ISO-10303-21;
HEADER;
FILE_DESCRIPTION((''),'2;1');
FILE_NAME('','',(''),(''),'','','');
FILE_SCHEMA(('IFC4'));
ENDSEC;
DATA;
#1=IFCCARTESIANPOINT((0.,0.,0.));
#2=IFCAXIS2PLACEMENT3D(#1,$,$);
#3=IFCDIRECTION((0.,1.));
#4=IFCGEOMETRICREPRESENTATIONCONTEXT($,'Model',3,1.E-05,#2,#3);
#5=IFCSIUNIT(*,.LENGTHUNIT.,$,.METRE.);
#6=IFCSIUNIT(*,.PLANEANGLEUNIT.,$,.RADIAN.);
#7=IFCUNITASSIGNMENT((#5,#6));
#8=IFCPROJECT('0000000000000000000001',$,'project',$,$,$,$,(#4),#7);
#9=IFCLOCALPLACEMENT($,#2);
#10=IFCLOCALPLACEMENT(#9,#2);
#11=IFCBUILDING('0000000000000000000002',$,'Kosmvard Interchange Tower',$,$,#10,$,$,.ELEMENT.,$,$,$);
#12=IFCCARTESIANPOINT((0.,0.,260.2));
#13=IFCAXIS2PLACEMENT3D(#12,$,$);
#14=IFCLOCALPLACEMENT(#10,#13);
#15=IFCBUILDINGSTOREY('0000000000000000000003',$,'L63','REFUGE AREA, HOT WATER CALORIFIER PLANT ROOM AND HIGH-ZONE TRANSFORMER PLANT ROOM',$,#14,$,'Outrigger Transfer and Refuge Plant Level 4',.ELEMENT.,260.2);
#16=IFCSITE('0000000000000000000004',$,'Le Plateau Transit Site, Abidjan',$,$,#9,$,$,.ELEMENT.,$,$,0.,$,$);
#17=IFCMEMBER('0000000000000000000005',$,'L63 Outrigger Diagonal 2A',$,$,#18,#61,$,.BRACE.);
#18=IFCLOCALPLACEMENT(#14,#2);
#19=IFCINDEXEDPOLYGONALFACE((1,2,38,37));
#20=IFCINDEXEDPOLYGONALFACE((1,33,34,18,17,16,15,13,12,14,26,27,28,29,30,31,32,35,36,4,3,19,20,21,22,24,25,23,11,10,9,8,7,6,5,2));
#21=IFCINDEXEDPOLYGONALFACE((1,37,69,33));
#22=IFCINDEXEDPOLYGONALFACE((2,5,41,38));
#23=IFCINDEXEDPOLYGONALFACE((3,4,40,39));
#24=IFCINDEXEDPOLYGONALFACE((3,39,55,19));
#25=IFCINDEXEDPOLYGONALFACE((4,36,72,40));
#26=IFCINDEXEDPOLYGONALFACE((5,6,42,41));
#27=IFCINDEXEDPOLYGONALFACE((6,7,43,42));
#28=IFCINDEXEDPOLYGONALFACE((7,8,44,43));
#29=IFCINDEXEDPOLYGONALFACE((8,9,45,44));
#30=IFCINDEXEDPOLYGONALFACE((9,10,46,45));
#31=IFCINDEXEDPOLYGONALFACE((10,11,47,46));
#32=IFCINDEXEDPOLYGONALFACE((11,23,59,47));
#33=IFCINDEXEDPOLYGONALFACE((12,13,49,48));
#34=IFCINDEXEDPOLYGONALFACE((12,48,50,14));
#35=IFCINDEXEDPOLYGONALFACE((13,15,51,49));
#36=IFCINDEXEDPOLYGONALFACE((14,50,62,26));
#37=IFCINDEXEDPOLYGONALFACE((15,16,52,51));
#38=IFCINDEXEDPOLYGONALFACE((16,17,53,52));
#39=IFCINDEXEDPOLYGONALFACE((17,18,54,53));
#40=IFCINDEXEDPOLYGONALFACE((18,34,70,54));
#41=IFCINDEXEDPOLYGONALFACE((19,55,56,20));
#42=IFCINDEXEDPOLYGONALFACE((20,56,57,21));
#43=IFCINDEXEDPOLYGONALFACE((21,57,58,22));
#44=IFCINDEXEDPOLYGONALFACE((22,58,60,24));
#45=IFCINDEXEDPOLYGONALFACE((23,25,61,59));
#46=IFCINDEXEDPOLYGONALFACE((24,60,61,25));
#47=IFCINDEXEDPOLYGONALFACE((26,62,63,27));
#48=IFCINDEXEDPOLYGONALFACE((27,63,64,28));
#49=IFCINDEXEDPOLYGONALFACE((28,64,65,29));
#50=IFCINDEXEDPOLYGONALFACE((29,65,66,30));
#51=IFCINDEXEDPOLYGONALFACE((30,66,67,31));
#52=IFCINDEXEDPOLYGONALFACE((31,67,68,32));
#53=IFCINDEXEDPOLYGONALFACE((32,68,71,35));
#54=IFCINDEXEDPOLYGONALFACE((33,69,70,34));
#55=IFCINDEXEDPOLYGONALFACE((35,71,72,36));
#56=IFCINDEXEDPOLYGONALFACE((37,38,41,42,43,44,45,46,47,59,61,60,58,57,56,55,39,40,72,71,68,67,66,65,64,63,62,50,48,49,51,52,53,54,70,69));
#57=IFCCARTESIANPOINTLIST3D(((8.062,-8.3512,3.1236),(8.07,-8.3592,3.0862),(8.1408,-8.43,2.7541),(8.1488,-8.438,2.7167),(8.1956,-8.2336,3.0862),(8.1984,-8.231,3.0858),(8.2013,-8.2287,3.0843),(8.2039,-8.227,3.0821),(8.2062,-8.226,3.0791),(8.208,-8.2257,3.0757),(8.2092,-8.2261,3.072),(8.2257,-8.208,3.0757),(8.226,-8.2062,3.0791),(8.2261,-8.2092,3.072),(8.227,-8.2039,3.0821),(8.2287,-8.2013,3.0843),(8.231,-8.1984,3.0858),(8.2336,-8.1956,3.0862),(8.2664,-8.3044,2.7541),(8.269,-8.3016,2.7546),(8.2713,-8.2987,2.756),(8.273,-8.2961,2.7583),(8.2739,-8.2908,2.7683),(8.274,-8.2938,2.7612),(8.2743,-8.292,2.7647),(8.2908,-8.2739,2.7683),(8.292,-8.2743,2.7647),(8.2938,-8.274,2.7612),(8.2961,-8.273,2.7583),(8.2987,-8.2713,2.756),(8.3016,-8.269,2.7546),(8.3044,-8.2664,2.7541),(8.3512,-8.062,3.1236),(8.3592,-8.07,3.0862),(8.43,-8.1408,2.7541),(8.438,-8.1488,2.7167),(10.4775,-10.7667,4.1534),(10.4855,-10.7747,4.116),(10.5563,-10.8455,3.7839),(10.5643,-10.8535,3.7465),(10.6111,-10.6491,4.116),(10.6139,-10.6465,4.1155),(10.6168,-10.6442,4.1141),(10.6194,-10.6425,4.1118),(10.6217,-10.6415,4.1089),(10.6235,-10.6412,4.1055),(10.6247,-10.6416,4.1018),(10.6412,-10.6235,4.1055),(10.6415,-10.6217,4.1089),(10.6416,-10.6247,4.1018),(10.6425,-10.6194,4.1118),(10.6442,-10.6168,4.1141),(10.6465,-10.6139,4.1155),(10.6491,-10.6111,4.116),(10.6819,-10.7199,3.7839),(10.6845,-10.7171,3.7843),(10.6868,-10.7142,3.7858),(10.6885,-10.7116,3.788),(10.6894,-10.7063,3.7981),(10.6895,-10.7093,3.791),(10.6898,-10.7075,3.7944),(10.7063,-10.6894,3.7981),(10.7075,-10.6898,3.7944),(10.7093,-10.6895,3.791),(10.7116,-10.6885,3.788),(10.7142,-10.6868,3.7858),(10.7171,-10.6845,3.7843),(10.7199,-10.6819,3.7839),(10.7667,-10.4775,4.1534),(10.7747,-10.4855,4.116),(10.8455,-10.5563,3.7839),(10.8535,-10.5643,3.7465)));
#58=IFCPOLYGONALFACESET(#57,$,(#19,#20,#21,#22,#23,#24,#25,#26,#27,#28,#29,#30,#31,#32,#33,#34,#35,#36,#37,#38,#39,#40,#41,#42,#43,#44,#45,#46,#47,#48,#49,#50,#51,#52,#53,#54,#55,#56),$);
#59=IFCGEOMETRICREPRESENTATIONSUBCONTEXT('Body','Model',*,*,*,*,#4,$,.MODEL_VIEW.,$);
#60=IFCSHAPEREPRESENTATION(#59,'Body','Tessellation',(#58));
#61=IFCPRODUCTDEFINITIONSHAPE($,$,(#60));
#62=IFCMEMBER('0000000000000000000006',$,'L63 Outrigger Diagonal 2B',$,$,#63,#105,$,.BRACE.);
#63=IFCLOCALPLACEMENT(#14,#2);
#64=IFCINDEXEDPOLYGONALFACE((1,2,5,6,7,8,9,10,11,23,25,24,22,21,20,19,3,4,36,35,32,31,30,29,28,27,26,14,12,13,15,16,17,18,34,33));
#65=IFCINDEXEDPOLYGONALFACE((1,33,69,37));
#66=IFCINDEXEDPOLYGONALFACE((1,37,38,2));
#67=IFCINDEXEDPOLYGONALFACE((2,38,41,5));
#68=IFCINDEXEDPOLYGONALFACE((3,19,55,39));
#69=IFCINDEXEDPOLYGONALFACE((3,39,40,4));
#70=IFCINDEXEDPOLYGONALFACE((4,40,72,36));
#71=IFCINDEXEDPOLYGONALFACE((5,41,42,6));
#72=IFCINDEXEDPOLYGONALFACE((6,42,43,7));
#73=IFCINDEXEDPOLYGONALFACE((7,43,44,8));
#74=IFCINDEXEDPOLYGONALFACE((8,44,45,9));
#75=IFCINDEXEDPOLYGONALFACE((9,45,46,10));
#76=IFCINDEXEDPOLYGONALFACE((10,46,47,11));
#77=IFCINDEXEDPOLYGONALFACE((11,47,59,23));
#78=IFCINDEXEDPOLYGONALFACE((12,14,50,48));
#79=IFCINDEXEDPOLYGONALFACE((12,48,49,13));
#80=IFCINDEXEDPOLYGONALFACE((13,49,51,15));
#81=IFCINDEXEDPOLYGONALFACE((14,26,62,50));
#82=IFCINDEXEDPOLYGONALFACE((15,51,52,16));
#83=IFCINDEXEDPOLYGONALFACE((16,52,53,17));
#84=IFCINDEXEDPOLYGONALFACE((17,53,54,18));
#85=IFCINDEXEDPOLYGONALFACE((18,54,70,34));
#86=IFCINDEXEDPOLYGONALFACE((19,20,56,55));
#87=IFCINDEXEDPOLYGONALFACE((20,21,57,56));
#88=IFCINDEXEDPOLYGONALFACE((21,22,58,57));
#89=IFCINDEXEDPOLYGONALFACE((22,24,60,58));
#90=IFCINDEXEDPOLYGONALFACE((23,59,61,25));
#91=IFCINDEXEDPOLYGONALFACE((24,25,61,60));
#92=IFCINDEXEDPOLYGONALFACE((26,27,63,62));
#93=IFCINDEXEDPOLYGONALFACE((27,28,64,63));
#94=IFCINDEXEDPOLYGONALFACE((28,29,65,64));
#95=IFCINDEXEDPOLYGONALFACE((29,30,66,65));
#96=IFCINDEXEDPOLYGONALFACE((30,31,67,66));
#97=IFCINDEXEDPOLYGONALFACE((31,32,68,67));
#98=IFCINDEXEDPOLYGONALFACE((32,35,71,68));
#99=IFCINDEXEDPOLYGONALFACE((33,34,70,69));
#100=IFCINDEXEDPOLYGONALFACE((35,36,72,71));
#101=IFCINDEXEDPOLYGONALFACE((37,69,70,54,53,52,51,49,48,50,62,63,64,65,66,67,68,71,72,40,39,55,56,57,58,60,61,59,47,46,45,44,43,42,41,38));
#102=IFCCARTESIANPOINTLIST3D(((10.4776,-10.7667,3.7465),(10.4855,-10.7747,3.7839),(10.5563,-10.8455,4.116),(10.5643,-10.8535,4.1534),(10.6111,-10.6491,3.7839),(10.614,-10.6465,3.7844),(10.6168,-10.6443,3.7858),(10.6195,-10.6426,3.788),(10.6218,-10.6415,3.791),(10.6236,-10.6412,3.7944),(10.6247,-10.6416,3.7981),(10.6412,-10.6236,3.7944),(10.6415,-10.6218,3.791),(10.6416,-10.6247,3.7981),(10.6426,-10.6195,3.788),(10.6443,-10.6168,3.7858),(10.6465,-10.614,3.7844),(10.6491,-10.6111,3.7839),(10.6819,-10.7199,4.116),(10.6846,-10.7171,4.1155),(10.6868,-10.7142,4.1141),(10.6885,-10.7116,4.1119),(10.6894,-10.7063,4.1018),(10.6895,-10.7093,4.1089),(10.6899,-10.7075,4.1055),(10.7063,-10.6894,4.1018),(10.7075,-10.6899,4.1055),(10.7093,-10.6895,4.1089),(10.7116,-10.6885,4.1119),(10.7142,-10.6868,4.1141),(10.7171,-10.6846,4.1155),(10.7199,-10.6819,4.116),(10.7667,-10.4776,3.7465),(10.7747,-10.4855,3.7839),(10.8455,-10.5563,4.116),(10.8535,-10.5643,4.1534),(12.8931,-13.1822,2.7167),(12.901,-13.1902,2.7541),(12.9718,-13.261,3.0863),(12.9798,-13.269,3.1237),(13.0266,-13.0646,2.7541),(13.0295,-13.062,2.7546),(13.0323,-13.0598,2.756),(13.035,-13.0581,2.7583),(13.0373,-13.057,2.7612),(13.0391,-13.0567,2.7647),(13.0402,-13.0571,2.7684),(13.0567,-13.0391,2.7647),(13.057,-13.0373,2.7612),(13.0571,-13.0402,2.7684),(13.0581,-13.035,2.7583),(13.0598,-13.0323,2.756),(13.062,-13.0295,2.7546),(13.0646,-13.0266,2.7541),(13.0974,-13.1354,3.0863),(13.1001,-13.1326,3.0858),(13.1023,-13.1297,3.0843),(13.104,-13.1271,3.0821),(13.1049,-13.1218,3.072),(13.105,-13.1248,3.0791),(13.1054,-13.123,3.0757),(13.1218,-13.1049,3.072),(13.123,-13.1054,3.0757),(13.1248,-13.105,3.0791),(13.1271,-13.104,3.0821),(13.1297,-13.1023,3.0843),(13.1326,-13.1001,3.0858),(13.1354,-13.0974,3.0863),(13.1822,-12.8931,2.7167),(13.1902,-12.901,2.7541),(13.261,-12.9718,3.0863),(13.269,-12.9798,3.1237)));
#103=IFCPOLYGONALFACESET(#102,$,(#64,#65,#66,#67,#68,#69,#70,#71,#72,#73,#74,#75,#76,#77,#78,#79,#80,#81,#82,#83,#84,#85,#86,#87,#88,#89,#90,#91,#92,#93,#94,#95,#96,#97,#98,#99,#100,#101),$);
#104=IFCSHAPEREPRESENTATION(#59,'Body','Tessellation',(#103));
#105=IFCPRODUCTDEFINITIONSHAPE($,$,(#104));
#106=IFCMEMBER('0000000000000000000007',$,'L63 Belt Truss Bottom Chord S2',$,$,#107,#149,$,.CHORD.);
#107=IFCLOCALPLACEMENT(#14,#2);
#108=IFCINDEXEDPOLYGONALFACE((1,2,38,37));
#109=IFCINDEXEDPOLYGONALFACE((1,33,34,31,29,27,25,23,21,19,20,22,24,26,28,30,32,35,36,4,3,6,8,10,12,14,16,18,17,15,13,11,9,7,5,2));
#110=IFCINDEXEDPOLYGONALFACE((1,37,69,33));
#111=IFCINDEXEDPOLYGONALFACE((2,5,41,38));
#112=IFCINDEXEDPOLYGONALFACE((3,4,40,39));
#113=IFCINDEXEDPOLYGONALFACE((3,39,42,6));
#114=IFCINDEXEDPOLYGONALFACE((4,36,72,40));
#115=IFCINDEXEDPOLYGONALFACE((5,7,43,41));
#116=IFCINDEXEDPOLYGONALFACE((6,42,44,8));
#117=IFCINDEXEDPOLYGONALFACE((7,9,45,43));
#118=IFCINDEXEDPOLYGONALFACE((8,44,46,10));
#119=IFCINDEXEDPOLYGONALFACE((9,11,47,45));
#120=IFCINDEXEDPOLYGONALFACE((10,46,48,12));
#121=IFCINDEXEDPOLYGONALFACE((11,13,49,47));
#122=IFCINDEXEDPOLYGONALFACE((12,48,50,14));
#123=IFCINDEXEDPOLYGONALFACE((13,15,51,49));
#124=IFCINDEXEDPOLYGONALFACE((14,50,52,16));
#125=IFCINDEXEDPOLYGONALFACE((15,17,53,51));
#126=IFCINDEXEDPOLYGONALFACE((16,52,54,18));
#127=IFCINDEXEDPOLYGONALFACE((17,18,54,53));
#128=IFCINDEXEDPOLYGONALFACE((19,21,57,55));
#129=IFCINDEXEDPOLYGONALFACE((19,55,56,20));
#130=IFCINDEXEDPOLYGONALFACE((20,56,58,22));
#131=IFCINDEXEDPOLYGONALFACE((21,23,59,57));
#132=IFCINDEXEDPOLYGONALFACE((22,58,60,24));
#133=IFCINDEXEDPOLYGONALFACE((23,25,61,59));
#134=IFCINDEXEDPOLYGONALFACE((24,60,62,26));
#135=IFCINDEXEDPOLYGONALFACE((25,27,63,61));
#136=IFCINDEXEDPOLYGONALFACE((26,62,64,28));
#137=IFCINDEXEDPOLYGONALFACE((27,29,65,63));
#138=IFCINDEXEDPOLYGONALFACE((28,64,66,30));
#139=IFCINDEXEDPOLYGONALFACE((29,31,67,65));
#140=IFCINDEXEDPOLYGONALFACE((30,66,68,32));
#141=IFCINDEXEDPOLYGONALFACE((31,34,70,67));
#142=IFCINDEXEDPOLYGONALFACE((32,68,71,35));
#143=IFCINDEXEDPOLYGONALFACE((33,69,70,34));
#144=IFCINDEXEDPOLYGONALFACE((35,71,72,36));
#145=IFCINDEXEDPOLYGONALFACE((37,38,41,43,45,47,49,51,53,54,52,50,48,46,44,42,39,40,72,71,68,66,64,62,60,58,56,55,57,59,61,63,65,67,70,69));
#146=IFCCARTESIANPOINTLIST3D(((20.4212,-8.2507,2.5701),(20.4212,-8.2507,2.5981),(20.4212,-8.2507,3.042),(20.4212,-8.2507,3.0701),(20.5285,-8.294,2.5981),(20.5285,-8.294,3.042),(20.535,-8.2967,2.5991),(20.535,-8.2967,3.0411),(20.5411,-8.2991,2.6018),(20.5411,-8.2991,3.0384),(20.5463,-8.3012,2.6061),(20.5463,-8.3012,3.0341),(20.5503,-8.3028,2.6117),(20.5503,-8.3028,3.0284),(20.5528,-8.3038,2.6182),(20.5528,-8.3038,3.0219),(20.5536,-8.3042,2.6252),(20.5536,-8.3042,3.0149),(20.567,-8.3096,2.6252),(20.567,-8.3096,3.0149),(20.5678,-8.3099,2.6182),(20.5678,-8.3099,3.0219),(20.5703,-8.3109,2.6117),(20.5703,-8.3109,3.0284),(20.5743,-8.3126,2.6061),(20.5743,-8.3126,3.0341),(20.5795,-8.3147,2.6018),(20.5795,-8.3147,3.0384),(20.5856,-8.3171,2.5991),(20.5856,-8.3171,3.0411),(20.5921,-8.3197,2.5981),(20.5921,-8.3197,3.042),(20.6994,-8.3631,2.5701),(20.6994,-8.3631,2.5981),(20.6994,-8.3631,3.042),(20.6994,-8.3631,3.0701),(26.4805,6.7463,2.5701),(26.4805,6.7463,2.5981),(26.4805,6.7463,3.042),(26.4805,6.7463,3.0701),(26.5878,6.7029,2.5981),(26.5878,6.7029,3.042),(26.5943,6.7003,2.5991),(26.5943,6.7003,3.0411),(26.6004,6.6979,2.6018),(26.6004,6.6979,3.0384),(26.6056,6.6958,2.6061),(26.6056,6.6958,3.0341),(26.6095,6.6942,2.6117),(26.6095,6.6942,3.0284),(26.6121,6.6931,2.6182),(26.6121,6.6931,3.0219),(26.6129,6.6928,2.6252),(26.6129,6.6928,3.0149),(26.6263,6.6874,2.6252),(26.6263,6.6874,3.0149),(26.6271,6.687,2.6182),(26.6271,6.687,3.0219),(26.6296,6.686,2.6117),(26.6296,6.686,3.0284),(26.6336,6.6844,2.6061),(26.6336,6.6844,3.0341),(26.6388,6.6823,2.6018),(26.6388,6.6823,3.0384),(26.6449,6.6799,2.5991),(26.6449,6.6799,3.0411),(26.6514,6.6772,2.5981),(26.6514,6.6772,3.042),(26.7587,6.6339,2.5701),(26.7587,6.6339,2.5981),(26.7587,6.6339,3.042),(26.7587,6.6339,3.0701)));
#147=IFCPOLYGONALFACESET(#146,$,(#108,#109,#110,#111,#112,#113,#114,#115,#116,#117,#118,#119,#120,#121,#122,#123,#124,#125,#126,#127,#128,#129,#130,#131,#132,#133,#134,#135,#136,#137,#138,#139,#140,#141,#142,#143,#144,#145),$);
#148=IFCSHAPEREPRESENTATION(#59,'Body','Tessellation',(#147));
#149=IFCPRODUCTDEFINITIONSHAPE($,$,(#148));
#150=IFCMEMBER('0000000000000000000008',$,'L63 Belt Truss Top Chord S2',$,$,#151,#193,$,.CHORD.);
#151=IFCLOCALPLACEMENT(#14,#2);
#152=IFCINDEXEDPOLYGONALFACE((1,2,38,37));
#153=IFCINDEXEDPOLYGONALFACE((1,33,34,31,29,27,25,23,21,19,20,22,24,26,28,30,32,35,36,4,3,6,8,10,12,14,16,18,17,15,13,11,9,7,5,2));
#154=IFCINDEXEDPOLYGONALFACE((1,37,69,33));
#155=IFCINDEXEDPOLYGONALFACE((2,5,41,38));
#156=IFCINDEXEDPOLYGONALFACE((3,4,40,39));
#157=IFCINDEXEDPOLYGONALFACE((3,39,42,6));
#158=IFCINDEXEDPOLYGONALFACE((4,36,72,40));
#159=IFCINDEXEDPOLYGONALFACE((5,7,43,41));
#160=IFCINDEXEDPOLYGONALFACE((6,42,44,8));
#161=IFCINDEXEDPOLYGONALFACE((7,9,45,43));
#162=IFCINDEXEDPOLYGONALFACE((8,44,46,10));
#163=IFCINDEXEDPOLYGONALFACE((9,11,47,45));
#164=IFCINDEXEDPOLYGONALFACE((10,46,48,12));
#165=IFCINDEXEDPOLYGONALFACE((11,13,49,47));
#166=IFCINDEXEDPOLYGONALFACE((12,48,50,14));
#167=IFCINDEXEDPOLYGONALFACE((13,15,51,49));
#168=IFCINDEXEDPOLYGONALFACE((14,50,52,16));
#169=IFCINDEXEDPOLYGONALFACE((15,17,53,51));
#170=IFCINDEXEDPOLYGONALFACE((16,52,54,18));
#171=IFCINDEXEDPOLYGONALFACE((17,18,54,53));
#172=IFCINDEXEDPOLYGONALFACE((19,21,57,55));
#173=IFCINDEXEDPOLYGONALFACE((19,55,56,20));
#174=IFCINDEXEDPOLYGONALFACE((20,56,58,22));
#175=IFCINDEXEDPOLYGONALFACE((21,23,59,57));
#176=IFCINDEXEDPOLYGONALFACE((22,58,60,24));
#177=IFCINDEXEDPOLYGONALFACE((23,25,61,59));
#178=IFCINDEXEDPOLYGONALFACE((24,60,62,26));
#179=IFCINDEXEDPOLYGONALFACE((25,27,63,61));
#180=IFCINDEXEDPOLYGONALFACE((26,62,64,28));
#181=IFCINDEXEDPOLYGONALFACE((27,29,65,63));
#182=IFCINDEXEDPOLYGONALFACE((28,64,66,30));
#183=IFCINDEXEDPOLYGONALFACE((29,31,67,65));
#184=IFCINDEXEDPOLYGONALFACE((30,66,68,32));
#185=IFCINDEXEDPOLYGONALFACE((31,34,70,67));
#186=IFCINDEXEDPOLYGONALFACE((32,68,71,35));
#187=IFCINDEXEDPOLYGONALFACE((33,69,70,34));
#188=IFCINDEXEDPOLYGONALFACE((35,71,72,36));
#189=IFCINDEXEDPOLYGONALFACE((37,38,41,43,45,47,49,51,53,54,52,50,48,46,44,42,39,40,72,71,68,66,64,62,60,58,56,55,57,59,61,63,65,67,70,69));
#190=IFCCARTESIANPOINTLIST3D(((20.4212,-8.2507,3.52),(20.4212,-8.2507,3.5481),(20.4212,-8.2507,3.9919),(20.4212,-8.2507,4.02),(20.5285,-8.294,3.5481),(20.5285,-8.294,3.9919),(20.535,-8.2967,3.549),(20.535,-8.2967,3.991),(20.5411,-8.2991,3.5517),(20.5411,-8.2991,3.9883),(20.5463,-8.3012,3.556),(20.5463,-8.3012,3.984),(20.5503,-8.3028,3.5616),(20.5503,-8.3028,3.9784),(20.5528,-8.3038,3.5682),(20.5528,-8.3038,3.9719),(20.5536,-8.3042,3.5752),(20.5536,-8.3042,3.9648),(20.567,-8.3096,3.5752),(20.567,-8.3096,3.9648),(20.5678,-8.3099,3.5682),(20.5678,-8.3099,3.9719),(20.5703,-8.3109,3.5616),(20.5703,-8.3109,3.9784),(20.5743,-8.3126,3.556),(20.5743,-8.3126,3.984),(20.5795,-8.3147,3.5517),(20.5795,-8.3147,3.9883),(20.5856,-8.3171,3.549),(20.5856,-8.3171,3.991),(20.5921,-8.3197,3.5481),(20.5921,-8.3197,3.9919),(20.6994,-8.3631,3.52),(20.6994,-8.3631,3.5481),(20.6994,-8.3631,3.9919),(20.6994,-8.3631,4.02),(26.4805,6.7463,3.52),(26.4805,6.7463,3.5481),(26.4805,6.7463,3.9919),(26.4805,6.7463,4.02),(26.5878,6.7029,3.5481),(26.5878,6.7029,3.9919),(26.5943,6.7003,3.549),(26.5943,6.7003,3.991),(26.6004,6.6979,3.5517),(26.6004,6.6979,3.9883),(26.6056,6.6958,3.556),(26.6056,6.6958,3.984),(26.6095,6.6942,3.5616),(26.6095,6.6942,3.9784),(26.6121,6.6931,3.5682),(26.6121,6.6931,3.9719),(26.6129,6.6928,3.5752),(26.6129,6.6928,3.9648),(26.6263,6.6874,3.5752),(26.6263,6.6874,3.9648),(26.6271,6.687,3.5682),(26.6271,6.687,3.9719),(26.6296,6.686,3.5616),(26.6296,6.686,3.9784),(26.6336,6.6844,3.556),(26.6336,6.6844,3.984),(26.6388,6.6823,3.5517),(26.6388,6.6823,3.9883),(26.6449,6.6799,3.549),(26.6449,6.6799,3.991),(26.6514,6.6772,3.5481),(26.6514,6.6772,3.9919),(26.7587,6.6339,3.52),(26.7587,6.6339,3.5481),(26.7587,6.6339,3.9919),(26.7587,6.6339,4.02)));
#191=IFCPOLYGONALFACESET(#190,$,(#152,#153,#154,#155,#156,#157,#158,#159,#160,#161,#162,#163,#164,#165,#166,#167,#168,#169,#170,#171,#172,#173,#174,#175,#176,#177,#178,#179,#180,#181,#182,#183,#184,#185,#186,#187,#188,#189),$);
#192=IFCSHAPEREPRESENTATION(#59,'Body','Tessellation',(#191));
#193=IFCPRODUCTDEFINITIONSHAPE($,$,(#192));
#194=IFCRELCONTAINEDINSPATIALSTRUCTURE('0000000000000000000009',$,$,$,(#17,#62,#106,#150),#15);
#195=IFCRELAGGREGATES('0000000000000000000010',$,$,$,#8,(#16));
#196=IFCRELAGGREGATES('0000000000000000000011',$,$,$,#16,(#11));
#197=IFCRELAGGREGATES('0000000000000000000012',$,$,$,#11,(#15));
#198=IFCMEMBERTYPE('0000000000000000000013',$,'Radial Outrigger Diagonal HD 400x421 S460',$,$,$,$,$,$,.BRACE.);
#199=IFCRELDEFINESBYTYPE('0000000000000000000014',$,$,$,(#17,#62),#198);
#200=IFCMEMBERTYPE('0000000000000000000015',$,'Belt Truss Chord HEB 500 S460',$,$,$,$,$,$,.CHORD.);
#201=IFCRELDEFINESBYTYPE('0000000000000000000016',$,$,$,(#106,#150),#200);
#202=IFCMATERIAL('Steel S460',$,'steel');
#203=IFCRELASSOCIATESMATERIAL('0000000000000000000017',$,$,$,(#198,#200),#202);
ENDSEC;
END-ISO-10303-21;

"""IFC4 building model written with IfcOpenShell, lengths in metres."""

from ifc_helpers import new_model, si_unit, direction, frame, origin, origin_2d, place, context, subcontext, project, spatial, i_section, extrude, source, transform, mapped, material, material_profile, profile_set, type_object, element, save


model = new_model("IFC4")

# Units and contexts
model_context = context("Model", 3, precision=1e-05, world=origin(), true_north=direction((0.0, 1.0)))
body_context = subcontext(model_context, "Body", "Model", "MODEL_VIEW")
ifc_project = project(units=[si_unit("LENGTHUNIT", "METRE"), si_unit("PLANEANGLEUNIT", "RADIAN")], contexts=[model_context])

# Site, building, storey
site_placement = place(None, origin())
site = spatial("IfcSite", under=ifc_project, at=site_placement, Name="Le Plateau Transit Site, Abidjan", CompositionType="ELEMENT", RefElevation=0.0)
building_placement = place(site_placement, origin())
building = spatial("IfcBuilding", under=site, at=building_placement, Name="Kosmvard Interchange Tower", CompositionType="ELEMENT")
storey_placement = place(building_placement, frame((0.0, 0.0, 260.2)))
storey = spatial("IfcBuildingStorey", under=building, at=storey_placement, Name="L63", Description="REFUGE AREA, HOT WATER CALORIFIER PLANT ROOM AND HIGH-ZONE TRANSFORMER PLANT ROOM", LongName="Outrigger Transfer and Refuge Plant Level 4", CompositionType="ELEMENT", Elevation=260.2)

# Shared definitions
ifc_material_1 = material(Name="Steel S460", Category="steel")

# Members
ifc_material_profile_1 = material_profile(ifc_material_1, i_section(OverallWidth=0.4089, OverallDepth=0.425, WebThickness=0.0239, FlangeThickness=0.0391, FilletRadius=0.0149, at=origin_2d()), Name="HD 400x421")
ifc_profile_set_1 = profile_set([ifc_material_profile_1], Name="Steel S460")
member_type_1 = type_object("IfcMemberType", Name="Radial Outrigger Diagonal HD 400x421 S460", PredefinedType="BRACE", material=ifc_profile_set_1)
shared_shape_1 = source(origin(), body_context, "Body", "SweptSolid", [
    extrude(i_section(OverallWidth=0.4089, OverallDepth=0.425, WebThickness=0.0239, FlangeThickness=0.0391, FilletRadius=0.0149, at=origin_2d()), origin(), (0.0, 0.0, 1.0), 3.5679),
])
for number, where, z_axis, x_axis, name in (
    (1, (8.25, -8.25, 2.9202), (0.677014, -0.677014, 0.288624), (0.707107, 0.707107, 0.0), "L63 Outrigger Diagonal 2A"),
    (2, (10.6655, -10.6655, 3.95), (0.677014, -0.677014, -0.288624), (0.707107, 0.707107, 0.0), "L63 Outrigger Diagonal 2B"),
):
    element("IfcMember", number, at=place(storey_placement, frame(where, z_axis=z_axis, x_axis=x_axis)), inside=storey, type_object=member_type_1, Name=name, PredefinedType="BRACE", context=body_context, shape_type="MappedRepresentation", body=[
        mapped(shared_shape_1, transform((0.0, 0.0, 0.0), scale=1.0)),
    ])
ifc_material_profile_2 = material_profile(ifc_material_1, i_section(OverallWidth=0.3, OverallDepth=0.5, WebThickness=0.0144, FlangeThickness=0.0281, FilletRadius=0.0271, at=origin_2d()), Name="HEB 500")
ifc_profile_set_2 = profile_set([ifc_material_profile_2], Name="Steel S460")
member_type_2 = type_object("IfcMemberType", Name="Belt Truss Chord HEB 500 S460", PredefinedType="CHORD", material=ifc_profile_set_2)
shared_shape_2 = source(origin(), body_context, "Body", "SweptSolid", [
    extrude(i_section(OverallWidth=0.3, OverallDepth=0.5, WebThickness=0.0144, FlangeThickness=0.0281, FilletRadius=0.0271, at=origin_2d()), origin(), (0.0, 0.0, 1.0), 16.1748),
])
for number, where, z_axis, x_axis, name in (
    (3, (20.5603, -8.3069, 2.8201), (0.374613, 0.927181, 0.0), (-0.927181, 0.374613, 0.0), "L63 Belt Truss Bottom Chord S2"),
    (4, (20.5603, -8.3069, 3.77), (0.374613, 0.927181, 0.0), (-0.927181, 0.374613, 0.0), "L63 Belt Truss Top Chord S2"),
):
    element("IfcMember", number, at=place(storey_placement, frame(where, z_axis=z_axis, x_axis=x_axis)), inside=storey, type_object=member_type_2, Name=name, PredefinedType="CHORD", context=body_context, shape_type="MappedRepresentation", body=[
        mapped(shared_shape_2, transform((0.0, 0.0, 0.0), scale=1.0)),
    ])

save(model, "model.ifc")
